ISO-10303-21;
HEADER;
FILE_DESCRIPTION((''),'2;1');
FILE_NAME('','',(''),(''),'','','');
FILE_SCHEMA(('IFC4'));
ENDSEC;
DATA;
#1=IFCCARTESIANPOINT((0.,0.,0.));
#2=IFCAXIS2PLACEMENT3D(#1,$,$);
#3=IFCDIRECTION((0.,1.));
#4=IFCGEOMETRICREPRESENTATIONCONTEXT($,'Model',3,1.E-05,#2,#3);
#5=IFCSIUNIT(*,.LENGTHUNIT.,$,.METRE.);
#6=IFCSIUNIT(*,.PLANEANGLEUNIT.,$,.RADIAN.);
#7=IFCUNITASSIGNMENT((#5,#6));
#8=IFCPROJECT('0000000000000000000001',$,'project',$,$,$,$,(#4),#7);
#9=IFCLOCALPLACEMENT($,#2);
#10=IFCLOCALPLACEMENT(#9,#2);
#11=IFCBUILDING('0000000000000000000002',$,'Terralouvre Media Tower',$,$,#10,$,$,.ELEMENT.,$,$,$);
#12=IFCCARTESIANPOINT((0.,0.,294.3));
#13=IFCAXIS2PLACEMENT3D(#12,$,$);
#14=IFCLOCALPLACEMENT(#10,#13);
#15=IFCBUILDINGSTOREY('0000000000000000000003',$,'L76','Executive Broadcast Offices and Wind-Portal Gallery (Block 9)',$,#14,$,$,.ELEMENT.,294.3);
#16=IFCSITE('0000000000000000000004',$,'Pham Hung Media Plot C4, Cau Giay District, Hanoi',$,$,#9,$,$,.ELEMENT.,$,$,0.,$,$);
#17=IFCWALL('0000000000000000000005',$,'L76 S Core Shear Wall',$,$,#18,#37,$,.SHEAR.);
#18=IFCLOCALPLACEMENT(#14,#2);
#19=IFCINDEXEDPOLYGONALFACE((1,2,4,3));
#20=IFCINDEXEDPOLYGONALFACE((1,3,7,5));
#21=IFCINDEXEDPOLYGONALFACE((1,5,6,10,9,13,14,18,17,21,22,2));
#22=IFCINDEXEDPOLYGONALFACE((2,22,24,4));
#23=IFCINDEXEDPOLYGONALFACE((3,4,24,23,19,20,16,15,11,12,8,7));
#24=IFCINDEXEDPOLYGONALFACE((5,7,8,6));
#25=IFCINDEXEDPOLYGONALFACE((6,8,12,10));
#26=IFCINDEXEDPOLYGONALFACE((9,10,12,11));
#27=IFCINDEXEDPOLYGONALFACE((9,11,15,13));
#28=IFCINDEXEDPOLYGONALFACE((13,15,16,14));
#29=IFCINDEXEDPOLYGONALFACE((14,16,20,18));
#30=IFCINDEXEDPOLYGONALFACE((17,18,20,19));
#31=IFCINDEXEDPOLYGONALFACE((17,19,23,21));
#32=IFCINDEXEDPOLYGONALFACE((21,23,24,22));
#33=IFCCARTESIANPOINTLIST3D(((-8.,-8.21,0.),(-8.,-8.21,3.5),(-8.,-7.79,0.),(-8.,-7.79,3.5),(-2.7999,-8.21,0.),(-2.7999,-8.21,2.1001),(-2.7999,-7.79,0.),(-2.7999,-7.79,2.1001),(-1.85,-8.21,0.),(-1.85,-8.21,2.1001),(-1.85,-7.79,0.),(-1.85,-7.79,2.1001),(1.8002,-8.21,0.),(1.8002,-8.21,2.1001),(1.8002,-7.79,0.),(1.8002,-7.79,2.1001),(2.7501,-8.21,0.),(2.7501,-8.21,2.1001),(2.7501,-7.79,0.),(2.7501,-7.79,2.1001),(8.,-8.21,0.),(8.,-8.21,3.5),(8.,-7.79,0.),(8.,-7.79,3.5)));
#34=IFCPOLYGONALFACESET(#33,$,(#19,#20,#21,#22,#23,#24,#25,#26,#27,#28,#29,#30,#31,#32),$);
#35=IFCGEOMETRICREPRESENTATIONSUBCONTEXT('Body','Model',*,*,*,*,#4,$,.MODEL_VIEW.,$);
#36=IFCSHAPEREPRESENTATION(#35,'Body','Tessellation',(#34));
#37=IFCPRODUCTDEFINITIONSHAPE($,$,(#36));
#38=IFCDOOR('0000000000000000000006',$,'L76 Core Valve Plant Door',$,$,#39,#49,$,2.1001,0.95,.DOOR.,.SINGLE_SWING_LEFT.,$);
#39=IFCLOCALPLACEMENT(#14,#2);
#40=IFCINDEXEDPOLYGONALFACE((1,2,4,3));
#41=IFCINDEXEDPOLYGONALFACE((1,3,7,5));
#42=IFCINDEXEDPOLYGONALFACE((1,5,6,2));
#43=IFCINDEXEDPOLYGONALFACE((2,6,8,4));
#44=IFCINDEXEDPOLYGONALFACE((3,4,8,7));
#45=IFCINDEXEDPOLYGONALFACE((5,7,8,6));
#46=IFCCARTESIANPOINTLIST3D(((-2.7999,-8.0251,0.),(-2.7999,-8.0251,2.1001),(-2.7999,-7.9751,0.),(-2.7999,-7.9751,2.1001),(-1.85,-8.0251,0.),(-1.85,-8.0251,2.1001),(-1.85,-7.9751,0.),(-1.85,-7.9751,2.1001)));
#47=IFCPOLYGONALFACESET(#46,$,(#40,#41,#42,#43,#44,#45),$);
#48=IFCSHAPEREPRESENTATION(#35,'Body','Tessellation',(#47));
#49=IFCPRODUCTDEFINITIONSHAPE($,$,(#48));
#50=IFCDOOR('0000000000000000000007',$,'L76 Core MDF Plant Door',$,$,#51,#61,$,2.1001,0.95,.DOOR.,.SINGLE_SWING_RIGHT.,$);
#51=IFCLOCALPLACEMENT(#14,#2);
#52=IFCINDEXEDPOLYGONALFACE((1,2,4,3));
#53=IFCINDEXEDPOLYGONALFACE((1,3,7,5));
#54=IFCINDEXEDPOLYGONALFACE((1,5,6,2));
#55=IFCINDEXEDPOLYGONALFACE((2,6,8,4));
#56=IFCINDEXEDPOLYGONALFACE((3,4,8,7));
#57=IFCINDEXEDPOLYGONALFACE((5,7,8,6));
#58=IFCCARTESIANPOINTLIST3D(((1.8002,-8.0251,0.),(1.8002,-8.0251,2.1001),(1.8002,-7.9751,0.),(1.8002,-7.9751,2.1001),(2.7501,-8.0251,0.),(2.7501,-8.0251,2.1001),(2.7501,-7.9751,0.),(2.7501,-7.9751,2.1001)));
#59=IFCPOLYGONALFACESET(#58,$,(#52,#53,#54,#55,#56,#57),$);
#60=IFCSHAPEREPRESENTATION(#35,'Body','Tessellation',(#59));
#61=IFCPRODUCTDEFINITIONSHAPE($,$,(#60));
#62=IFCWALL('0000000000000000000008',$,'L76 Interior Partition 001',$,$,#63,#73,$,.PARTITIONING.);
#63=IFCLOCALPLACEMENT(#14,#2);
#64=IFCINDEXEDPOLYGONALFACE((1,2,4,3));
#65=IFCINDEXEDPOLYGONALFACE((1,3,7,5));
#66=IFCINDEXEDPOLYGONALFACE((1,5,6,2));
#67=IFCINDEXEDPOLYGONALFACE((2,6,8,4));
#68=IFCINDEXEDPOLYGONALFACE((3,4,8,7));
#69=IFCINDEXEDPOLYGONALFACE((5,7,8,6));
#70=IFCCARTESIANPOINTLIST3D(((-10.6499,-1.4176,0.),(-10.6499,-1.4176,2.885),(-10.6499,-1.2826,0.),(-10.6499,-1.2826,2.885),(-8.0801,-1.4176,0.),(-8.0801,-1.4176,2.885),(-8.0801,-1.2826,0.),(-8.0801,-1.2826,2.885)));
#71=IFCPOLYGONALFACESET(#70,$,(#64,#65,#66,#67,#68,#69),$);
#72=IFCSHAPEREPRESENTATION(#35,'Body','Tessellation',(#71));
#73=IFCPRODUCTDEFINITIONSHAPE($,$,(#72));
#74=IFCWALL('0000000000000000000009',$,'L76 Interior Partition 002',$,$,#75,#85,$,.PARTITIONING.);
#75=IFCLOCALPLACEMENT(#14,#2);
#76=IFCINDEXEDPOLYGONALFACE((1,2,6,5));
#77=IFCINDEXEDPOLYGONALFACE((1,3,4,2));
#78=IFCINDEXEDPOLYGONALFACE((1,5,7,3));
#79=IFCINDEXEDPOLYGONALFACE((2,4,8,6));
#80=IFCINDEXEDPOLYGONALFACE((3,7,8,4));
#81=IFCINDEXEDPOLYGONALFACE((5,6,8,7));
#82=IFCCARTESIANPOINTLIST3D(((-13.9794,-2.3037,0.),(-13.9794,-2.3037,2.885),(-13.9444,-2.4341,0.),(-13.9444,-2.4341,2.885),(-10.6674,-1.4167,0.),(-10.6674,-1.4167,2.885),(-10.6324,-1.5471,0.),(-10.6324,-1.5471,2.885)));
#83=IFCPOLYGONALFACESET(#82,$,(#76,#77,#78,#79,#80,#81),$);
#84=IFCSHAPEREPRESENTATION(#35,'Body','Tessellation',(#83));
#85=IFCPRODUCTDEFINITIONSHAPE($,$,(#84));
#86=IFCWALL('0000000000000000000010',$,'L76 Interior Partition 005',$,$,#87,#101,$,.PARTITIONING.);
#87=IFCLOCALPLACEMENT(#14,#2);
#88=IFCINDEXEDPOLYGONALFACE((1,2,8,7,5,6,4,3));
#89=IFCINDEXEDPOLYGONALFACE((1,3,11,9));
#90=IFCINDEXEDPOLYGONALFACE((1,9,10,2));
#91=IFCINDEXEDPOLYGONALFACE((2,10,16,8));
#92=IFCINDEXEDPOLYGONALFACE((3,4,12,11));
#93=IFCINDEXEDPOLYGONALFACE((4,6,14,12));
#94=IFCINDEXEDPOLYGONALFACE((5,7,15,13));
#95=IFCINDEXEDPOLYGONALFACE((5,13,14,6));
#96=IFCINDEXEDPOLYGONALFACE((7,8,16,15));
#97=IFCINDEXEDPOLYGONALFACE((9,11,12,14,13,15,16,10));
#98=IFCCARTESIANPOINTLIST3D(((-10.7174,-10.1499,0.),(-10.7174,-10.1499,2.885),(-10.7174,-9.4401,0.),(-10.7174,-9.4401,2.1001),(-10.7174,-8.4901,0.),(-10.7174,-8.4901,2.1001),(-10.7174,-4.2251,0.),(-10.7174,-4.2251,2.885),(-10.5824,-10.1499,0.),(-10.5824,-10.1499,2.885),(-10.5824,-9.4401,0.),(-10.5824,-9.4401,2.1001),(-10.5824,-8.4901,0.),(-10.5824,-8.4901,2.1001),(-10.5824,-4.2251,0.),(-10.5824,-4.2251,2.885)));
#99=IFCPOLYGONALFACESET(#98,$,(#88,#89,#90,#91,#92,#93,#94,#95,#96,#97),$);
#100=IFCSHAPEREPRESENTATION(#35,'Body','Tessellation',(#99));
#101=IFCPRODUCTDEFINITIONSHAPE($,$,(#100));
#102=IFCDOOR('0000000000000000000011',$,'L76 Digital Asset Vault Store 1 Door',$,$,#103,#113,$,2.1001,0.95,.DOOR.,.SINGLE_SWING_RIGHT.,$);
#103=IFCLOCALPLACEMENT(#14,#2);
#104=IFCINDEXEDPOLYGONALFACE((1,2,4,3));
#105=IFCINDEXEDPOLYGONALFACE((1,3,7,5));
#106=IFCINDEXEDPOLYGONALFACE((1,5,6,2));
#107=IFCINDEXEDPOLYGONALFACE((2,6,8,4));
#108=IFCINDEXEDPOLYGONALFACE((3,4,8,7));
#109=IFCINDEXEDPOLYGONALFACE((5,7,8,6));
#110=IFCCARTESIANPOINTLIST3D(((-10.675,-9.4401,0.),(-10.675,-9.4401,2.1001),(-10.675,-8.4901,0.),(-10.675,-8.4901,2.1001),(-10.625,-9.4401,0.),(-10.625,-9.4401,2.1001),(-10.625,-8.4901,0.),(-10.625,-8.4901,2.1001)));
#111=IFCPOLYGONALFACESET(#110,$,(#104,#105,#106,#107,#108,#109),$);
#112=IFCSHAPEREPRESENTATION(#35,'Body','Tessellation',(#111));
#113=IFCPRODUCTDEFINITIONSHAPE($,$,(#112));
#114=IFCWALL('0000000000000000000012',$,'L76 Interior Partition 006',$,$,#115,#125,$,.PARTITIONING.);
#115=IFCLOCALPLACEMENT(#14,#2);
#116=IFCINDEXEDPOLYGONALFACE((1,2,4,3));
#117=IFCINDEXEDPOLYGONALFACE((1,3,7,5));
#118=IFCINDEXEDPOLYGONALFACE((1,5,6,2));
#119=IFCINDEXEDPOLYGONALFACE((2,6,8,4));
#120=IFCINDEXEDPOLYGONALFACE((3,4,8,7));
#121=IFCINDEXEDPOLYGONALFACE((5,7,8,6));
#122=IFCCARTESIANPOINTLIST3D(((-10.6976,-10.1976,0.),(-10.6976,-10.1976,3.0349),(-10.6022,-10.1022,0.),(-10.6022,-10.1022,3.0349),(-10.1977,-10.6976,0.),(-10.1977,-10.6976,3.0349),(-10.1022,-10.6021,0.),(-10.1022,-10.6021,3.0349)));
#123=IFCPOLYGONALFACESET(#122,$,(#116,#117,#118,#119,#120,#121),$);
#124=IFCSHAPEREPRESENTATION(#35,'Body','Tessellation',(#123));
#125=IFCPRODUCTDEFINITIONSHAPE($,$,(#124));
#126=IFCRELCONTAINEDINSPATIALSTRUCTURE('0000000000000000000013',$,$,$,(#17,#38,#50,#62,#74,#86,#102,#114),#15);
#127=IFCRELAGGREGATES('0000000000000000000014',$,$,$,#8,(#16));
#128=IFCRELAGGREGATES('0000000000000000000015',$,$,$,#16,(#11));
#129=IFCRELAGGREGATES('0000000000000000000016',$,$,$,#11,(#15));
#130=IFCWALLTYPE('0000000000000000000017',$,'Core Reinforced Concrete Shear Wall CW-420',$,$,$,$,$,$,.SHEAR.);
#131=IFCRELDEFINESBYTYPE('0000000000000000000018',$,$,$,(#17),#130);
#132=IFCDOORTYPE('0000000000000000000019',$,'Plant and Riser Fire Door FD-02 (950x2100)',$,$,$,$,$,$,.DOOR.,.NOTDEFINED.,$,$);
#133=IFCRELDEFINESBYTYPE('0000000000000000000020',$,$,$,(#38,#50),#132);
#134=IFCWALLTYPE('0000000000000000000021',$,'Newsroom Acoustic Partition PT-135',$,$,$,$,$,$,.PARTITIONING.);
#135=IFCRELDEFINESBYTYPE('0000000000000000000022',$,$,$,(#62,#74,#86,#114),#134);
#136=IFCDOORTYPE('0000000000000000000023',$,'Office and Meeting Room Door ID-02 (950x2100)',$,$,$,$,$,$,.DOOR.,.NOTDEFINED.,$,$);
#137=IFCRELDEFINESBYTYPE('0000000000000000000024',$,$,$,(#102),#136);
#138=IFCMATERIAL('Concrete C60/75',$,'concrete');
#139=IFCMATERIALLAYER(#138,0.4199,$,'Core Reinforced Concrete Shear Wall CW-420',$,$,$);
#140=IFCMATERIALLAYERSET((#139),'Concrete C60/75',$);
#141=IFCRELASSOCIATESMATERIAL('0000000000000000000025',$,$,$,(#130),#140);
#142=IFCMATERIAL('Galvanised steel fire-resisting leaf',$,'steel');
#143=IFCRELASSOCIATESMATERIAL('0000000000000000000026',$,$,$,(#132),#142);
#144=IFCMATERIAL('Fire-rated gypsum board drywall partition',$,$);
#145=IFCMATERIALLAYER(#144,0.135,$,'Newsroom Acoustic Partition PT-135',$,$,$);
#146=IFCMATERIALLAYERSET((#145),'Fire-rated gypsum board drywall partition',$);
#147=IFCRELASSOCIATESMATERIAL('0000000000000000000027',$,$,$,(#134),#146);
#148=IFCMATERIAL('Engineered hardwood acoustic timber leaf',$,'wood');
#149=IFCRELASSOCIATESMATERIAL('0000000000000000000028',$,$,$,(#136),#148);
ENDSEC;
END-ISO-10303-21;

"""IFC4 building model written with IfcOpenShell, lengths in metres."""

from ifc_helpers import new_model, si_unit, direction, frame, frame_2d, origin, place, context, subcontext, project, spatial, rectangle, extrude, material, layer, layer_set, type_object, element, fill, save


model = new_model("IFC4")

# Units and contexts
model_context = context("Model", 3, precision=1e-05, world=origin(), true_north=direction((0.0, 1.0)))
body_context = subcontext(model_context, "Body", "Model", "MODEL_VIEW")
ifc_project = project(units=[si_unit("LENGTHUNIT", "METRE"), si_unit("PLANEANGLEUNIT", "RADIAN")], contexts=[model_context])

# Site, building, storey
site_placement = place(None, origin())
site = spatial("IfcSite", under=ifc_project, at=site_placement, Name="Pham Hung Media Plot C4, Cau Giay District, Hanoi", CompositionType="ELEMENT", RefElevation=0.0)
building_placement = place(site_placement, origin())
building = spatial("IfcBuilding", under=site, at=building_placement, Name="Terralouvre Media Tower", CompositionType="ELEMENT")
storey_placement = place(building_placement, frame((0.0, 0.0, 294.3)))
storey = spatial("IfcBuildingStorey", under=building, at=storey_placement, Name="L76", Description="Executive Broadcast Offices and Wind-Portal Gallery (Block 9)", CompositionType="ELEMENT", Elevation=294.3)

# Wall, openings, doors
ifc_material_1 = material(Name="Concrete C60/75", Category="concrete")
ifc_layer_1 = layer(ifc_material_1, 0.4199, Name="Core Reinforced Concrete Shear Wall CW-420")
ifc_layer_set_1 = layer_set([ifc_layer_1], Name="Concrete C60/75")
wall_type_1 = type_object("IfcWallType", Name="Core Reinforced Concrete Shear Wall CW-420", PredefinedType="SHEAR", material=ifc_layer_set_1)
wall_1_placement = place(storey_placement, frame((-8.0, -8.0, 0.0), z_axis=(0.0, 0.0, 1.0), x_axis=(1.0, 0.0, 0.0)))
wall_1 = element("IfcWall", 1, at=wall_1_placement, inside=storey, type_object=wall_type_1, Name="L76 S Core Shear Wall", PredefinedType="SHEAR", context=body_context, shape_type="SweptSolid", body=[
    extrude(rectangle(XDim=16.0, YDim=0.4199, at=frame_2d((8.0, 0.0))), origin(), (0.0, 0.0, 1.0), 3.5),
])
opening_1_placement = place(wall_1_placement, frame((5.2, 0.0, 0.0)))
opening_1 = element("IfcOpeningElement", 2, at=opening_1_placement, cuts=wall_1, PredefinedType="OPENING", context=body_context, shape_type="SweptSolid", body=[
    extrude(rectangle(XDim=0.95, YDim=2.1001, at=frame_2d((0.4751, 1.05))), frame((0.0, 0.22, 0.0), z_axis=(0.0, -1.0, 0.0), x_axis=(1.0, 0.0, 0.0)), (0.0, 0.0, 1.0), 0.4399),
])
opening_2_placement = place(wall_1_placement, frame((9.8, 0.0, 0.0)))
opening_2 = element("IfcOpeningElement", 3, at=opening_2_placement, cuts=wall_1, PredefinedType="OPENING", context=body_context, shape_type="SweptSolid", body=[
    extrude(rectangle(XDim=0.95, YDim=2.1001, at=frame_2d((0.4751, 1.05))), frame((0.0, 0.22, 0.0), z_axis=(0.0, -1.0, 0.0), x_axis=(1.0, 0.0, 0.0)), (0.0, 0.0, 1.0), 0.4399),
])
ifc_material_2 = material(Name="Galvanised steel fire-resisting leaf", Category="steel")
door_type_1 = type_object("IfcDoorType", Name="Plant and Riser Fire Door FD-02 (950x2100)", OperationType="NOTDEFINED", PredefinedType="DOOR", material=ifc_material_2)
door_1_placement = place(opening_1_placement, origin())
door_1 = element("IfcDoor", 4, at=door_1_placement, inside=storey, type_object=door_type_1, Name="L76 Core Valve Plant Door", OperationType="SINGLE_SWING_LEFT", OverallHeight=2.1001, OverallWidth=0.95, PredefinedType="DOOR", context=body_context, shape_type="SweptSolid", body=[
    extrude(rectangle(XDim=0.95, YDim=2.1001, at=frame_2d((0.4751, 1.05))), frame((0.0, 0.0249, 0.0), z_axis=(0.0, -1.0, 0.0), x_axis=(1.0, 0.0, 0.0)), (0.0, 0.0, 1.0), 0.05),
])
fill(opening_1, door_1)
door_2_placement = place(opening_2_placement, origin())
door_2 = element("IfcDoor", 5, at=door_2_placement, inside=storey, type_object=door_type_1, Name="L76 Core MDF Plant Door", OperationType="SINGLE_SWING_RIGHT", OverallHeight=2.1001, OverallWidth=0.95, PredefinedType="DOOR", context=body_context, shape_type="SweptSolid", body=[
    extrude(rectangle(XDim=0.95, YDim=2.1001, at=frame_2d((0.4751, 1.05))), frame((0.0, 0.0249, 0.0), z_axis=(0.0, -1.0, 0.0), x_axis=(1.0, 0.0, 0.0)), (0.0, 0.0, 1.0), 0.05),
])
fill(opening_2, door_2)

# Walls
ifc_material_3 = material(Name="Fire-rated gypsum board drywall partition")
ifc_layer_2 = layer(ifc_material_3, 0.135, Name="Newsroom Acoustic Partition PT-135")
ifc_layer_set_2 = layer_set([ifc_layer_2], Name="Fire-rated gypsum board drywall partition")
wall_type_2 = type_object("IfcWallType", Name="Newsroom Acoustic Partition PT-135", PredefinedType="PARTITIONING", material=ifc_layer_set_2)
wall_2_placement = place(storey_placement, frame((-8.0801, -1.3501, 0.0), z_axis=(0.0, 0.0, 1.0), x_axis=(-1.0, 0.0, 0.0)))
element("IfcWall", 6, at=wall_2_placement, inside=storey, type_object=wall_type_2, Name="L76 Interior Partition 001", PredefinedType="PARTITIONING", context=body_context, shape_type="SweptSolid", body=[
    extrude(rectangle(XDim=2.5698, YDim=0.135, at=frame_2d((1.2849, 0.0))), origin(), (0.0, 0.0, 1.0), 2.885),
])
wall_3_placement = place(storey_placement, frame((-10.6499, -1.4819, 0.0), z_axis=(0.0, 0.0, 1.0), x_axis=(-0.965961, -0.258686, 0.0)))
element("IfcWall", 7, at=wall_3_placement, inside=storey, type_object=wall_type_2, Name="L76 Interior Partition 002", PredefinedType="PARTITIONING", context=body_context, shape_type="SweptSolid", body=[
    extrude(rectangle(XDim=3.4287, YDim=0.135, at=frame_2d((1.7144, 0.0))), origin(), (0.0, 0.0, 1.0), 2.885),
])

# Wall, opening, door
wall_4_placement = place(storey_placement, frame((-10.6499, -4.2251, 0.0), z_axis=(0.0, 0.0, 1.0), x_axis=(0.0, -1.0, 0.0)))
wall_4 = element("IfcWall", 8, at=wall_4_placement, inside=storey, type_object=wall_type_2, Name="L76 Interior Partition 005", PredefinedType="PARTITIONING", context=body_context, shape_type="SweptSolid", body=[
    extrude(rectangle(XDim=5.9248, YDim=0.135, at=frame_2d((2.9624, 0.0))), origin(), (0.0, 0.0, 1.0), 2.885),
])
opening_3_placement = place(wall_4_placement, frame((4.2649, 0.0, 0.0)))
opening_3 = element("IfcOpeningElement", 9, at=opening_3_placement, cuts=wall_4, PredefinedType="OPENING", context=body_context, shape_type="SweptSolid", body=[
    extrude(rectangle(XDim=0.95, YDim=2.1001, at=frame_2d((0.4751, 1.05))), frame((0.0, 0.0774, 0.0), z_axis=(0.0, -1.0, 0.0), x_axis=(1.0, 0.0, 0.0)), (0.0, 0.0, 1.0), 0.155),
])
ifc_material_4 = material(Name="Engineered hardwood acoustic timber leaf", Category="wood")
door_type_2 = type_object("IfcDoorType", Name="Office and Meeting Room Door ID-02 (950x2100)", OperationType="NOTDEFINED", PredefinedType="DOOR", material=ifc_material_4)
door_3_placement = place(opening_3_placement, origin())
door_3 = element("IfcDoor", 10, at=door_3_placement, inside=storey, type_object=door_type_2, Name="L76 Digital Asset Vault Store 1 Door", OperationType="SINGLE_SWING_RIGHT", OverallHeight=2.1001, OverallWidth=0.95, PredefinedType="DOOR", context=body_context, shape_type="SweptSolid", body=[
    extrude(rectangle(XDim=0.95, YDim=2.1001, at=frame_2d((0.4751, 1.05))), frame((0.0, 0.0249, 0.0), z_axis=(0.0, -1.0, 0.0), x_axis=(1.0, 0.0, 0.0)), (0.0, 0.0, 1.0), 0.05),
])
fill(opening_3, door_3)

# Wall
wall_5_placement = place(storey_placement, frame((-10.6499, -10.1499, 0.0), z_axis=(0.0, 0.0, 1.0), x_axis=(0.707107, -0.707107, 0.0)))
element("IfcWall", 11, at=wall_5_placement, inside=storey, type_object=wall_type_2, Name="L76 Interior Partition 006", PredefinedType="PARTITIONING", context=body_context, shape_type="SweptSolid", body=[
    extrude(rectangle(XDim=0.707, YDim=0.135, at=frame_2d((0.3535, 0.0))), origin(), (0.0, 0.0, 1.0), 3.0349),
])

save(model, "model.ifc")
